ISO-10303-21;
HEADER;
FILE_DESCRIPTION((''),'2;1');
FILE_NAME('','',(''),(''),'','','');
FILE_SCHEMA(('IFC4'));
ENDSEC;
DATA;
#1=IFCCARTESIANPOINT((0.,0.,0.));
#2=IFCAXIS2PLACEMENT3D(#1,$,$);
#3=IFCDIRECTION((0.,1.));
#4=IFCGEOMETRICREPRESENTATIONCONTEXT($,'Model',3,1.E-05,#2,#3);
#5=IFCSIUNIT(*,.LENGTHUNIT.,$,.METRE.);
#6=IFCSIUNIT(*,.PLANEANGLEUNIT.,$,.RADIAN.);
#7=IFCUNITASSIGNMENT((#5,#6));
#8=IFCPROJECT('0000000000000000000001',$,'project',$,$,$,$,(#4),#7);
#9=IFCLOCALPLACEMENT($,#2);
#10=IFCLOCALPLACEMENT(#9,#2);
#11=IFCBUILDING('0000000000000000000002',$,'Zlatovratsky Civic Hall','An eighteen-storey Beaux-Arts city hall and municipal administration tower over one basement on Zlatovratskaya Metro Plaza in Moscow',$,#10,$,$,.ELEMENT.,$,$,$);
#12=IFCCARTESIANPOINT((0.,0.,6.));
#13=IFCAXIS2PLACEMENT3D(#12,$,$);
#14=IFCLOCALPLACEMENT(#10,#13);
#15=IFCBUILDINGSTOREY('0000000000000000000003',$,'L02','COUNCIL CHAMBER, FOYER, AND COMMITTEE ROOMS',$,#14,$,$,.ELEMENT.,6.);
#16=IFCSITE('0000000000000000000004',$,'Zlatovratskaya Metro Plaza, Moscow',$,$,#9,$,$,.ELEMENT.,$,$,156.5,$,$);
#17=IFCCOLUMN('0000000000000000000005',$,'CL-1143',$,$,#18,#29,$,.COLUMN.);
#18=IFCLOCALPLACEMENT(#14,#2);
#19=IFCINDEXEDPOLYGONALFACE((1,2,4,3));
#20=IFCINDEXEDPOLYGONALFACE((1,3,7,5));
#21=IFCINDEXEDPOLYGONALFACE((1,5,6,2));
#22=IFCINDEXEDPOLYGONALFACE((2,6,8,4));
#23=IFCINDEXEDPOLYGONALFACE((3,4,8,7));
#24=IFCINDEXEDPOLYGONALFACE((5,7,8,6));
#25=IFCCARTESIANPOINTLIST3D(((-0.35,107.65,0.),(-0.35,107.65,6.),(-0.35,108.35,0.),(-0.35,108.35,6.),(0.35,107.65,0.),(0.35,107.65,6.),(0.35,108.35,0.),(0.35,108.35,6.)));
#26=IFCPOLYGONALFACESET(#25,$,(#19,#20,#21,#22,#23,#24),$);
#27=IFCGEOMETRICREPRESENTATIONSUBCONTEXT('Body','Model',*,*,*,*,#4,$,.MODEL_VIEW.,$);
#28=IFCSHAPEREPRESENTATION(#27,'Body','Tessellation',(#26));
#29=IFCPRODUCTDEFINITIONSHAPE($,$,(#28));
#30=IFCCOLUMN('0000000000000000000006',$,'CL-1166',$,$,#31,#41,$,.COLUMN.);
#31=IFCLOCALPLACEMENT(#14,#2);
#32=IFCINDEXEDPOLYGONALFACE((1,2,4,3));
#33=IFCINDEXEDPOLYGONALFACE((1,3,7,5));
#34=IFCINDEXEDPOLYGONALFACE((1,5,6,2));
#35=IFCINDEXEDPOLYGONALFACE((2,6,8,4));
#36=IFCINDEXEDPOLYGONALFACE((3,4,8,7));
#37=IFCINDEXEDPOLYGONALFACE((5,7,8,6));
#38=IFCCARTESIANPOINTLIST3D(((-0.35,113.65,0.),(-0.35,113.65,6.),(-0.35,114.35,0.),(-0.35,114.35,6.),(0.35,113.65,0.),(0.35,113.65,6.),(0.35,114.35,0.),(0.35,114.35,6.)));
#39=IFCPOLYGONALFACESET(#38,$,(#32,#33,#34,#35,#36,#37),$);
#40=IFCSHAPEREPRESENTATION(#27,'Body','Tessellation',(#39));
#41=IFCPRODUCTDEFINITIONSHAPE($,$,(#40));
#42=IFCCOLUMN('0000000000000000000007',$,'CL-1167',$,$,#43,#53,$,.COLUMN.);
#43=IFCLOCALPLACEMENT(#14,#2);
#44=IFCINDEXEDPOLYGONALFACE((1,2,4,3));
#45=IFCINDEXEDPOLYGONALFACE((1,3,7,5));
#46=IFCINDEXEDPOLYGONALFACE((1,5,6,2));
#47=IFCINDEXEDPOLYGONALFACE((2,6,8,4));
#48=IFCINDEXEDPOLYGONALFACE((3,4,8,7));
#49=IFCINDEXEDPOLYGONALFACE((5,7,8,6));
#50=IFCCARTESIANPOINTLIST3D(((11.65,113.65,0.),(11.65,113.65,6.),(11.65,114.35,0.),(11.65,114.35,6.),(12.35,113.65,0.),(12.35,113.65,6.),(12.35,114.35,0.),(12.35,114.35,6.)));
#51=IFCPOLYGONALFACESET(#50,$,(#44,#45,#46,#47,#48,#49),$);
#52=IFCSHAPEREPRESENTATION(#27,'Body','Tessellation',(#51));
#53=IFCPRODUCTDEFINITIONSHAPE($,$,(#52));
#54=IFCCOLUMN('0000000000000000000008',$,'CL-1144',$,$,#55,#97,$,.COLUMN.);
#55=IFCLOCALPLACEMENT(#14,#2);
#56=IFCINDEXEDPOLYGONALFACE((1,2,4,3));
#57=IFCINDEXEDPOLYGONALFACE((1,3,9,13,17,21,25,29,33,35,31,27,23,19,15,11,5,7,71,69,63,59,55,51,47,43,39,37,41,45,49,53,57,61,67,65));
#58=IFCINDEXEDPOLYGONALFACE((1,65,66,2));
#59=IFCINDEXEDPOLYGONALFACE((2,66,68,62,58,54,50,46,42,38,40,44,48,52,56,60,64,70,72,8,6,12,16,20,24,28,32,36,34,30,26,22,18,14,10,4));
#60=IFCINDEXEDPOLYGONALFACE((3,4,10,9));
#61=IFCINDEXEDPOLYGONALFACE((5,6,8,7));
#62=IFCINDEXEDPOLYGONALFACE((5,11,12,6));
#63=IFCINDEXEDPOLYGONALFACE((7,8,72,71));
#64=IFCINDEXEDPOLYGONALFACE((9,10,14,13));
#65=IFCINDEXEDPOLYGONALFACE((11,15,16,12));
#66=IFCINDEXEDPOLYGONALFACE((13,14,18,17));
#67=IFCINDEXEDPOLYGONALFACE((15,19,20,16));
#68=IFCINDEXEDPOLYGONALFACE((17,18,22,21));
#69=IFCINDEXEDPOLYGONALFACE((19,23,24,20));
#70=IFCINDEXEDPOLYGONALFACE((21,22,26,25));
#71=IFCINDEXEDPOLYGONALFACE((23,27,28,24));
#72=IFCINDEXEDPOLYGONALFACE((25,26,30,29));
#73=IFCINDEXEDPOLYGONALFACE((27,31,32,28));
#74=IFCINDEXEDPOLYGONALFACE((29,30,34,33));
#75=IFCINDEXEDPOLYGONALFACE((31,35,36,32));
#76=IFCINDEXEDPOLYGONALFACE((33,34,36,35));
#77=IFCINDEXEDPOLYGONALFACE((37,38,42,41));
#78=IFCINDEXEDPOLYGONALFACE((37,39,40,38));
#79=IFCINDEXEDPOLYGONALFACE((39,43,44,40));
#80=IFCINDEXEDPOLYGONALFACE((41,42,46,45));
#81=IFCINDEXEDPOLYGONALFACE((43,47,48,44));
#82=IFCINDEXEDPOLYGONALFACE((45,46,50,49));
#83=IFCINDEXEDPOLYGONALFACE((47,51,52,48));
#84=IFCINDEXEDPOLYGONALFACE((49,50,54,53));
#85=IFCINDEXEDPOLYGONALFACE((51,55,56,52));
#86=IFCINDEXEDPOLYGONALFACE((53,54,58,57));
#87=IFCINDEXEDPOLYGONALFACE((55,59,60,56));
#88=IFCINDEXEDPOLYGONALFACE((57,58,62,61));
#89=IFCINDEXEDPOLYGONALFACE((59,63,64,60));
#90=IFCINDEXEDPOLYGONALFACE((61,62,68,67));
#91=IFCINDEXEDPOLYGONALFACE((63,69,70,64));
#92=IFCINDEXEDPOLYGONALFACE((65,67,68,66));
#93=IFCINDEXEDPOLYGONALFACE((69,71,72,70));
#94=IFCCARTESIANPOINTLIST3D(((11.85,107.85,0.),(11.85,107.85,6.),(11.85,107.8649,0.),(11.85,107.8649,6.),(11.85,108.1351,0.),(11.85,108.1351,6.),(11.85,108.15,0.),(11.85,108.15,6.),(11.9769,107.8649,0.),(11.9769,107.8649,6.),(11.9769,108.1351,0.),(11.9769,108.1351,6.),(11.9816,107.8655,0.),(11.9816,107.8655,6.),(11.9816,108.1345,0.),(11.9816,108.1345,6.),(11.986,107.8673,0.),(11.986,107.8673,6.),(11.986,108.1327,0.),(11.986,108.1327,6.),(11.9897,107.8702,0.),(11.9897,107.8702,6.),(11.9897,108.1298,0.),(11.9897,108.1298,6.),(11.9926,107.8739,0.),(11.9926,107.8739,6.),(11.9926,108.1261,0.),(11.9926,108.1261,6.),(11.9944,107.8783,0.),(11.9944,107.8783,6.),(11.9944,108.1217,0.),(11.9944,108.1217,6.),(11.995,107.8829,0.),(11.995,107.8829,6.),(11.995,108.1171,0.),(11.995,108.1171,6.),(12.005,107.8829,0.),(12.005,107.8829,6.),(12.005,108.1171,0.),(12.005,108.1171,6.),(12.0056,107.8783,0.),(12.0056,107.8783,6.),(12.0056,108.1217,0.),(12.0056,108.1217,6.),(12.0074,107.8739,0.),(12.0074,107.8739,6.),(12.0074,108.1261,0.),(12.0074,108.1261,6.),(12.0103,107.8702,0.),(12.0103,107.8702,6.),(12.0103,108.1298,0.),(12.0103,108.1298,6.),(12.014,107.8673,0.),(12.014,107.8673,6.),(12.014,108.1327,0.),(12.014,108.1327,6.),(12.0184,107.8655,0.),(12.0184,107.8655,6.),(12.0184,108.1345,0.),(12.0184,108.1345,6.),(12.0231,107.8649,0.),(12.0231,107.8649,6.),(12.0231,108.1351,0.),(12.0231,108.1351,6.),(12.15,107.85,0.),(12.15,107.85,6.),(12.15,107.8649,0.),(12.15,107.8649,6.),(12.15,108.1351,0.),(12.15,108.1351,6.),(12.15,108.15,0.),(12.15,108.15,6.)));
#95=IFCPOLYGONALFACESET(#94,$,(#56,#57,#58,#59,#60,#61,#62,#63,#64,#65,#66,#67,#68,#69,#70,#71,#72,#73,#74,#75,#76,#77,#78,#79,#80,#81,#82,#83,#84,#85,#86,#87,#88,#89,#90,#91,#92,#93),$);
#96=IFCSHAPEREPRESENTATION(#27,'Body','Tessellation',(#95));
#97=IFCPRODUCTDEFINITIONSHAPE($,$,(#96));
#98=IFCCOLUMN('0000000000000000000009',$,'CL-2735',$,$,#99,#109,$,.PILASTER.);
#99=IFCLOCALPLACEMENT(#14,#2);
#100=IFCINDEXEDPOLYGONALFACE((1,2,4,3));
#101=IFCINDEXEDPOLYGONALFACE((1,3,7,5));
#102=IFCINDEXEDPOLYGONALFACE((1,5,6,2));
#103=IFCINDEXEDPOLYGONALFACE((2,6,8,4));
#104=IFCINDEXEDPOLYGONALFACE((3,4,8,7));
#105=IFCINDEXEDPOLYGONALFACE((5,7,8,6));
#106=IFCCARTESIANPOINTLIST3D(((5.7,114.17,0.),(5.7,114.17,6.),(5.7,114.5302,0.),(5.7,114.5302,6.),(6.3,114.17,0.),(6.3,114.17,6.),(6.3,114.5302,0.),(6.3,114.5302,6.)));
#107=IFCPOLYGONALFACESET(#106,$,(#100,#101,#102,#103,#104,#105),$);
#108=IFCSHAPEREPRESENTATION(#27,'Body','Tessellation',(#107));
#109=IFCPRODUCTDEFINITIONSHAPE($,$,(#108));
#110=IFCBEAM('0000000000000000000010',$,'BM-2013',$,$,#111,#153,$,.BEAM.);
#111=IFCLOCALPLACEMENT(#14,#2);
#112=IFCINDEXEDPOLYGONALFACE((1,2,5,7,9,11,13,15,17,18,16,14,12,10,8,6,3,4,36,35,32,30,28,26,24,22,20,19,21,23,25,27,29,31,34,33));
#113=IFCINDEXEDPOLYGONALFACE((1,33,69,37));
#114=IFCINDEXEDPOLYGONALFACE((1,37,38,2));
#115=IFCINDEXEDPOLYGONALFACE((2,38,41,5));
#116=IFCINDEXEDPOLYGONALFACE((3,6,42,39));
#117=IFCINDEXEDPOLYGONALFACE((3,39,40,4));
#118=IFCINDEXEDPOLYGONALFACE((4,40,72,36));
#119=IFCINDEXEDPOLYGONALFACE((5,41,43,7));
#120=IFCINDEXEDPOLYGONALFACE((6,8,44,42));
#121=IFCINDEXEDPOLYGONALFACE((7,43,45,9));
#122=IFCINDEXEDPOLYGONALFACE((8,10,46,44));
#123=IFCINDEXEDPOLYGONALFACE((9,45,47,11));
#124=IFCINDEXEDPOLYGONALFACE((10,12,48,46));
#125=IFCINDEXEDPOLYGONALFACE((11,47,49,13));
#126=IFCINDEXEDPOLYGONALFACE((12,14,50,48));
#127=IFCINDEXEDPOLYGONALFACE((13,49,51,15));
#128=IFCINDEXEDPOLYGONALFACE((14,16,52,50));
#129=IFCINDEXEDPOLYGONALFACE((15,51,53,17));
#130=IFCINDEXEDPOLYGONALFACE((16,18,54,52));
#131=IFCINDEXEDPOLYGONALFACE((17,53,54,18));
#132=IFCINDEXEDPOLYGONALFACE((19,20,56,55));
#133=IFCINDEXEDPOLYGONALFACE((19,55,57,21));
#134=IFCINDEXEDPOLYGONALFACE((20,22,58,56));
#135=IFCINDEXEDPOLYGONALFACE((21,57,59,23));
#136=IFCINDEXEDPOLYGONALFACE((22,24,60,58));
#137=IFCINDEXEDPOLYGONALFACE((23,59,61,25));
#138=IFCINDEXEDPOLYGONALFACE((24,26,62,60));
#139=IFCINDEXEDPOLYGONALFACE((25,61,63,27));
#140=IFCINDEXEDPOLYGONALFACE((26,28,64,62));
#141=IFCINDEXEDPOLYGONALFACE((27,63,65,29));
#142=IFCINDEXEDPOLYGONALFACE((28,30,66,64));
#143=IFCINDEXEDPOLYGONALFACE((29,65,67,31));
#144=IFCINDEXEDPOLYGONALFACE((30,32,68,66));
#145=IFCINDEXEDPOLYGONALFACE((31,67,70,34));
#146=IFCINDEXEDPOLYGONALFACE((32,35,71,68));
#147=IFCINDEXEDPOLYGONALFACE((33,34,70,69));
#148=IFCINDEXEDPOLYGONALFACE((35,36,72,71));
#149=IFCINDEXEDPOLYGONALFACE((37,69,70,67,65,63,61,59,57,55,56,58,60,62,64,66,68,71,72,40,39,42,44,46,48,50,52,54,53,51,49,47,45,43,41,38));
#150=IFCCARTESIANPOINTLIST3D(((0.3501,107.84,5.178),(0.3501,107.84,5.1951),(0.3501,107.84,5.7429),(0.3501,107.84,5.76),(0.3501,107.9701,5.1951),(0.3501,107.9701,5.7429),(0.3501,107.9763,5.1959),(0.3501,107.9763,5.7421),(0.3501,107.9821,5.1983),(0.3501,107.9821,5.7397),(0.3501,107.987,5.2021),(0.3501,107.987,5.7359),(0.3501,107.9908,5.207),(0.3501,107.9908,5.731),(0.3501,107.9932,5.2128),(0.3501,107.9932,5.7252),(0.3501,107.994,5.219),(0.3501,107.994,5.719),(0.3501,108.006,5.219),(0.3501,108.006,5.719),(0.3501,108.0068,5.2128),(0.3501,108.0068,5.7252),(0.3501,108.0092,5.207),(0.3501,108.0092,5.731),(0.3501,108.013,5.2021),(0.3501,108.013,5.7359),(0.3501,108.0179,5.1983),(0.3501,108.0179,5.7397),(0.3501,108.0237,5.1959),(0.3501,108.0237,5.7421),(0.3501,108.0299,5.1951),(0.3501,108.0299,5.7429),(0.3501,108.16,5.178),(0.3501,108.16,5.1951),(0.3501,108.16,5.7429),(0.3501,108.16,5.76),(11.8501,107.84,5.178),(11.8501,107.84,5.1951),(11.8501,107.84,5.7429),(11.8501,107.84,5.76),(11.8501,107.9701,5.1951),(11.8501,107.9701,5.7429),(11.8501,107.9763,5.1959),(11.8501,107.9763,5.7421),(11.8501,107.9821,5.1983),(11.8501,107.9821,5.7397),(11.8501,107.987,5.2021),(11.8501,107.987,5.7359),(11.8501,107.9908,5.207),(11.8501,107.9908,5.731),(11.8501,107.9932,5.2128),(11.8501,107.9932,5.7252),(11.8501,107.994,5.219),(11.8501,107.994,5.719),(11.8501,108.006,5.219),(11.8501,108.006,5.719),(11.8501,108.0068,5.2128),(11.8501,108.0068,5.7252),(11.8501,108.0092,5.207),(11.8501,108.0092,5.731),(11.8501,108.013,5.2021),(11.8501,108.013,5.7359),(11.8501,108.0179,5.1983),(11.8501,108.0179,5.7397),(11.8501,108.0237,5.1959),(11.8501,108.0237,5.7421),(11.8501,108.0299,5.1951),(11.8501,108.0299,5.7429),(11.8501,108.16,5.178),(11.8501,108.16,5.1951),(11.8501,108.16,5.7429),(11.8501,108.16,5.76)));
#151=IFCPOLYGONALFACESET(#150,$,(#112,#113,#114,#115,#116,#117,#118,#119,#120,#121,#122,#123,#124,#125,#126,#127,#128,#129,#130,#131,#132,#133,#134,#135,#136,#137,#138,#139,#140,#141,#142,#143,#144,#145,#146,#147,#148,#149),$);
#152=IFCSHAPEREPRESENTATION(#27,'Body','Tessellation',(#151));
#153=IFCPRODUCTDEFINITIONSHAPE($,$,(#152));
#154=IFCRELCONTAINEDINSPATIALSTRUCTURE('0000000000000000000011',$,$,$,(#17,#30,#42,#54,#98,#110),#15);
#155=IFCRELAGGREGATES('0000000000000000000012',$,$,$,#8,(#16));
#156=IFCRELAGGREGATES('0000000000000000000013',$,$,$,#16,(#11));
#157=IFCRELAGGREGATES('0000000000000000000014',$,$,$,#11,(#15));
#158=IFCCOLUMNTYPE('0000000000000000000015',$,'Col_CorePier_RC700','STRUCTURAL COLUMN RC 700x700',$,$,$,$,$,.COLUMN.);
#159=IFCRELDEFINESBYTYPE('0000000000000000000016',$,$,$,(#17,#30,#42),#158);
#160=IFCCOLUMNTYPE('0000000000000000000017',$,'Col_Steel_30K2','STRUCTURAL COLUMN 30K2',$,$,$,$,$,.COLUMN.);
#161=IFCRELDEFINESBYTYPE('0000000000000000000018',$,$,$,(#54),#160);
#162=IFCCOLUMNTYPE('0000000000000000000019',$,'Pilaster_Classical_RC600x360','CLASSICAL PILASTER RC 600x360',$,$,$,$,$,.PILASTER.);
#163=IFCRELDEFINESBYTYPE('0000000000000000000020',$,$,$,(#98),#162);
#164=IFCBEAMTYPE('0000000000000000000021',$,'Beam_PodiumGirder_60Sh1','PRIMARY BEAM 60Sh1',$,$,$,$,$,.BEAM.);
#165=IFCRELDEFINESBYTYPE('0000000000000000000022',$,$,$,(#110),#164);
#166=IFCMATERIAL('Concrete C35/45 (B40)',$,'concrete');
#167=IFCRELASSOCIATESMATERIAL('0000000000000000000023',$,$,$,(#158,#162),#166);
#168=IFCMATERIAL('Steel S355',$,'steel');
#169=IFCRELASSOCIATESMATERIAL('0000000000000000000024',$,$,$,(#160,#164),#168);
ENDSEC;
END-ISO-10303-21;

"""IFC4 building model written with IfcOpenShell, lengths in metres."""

from ifc_helpers import new_model, si_unit, direction, frame, origin, origin_2d, place, context, subcontext, project, spatial, rectangle, i_section, extrude, material, material_profile, profile_set, type_object, element, save


model = new_model("IFC4")

# Units and contexts
model_context = context("Model", 3, precision=1e-05, world=origin(), true_north=direction((0.0, 1.0)))
body_context = subcontext(model_context, "Body", "Model", "MODEL_VIEW")
ifc_project = project(units=[si_unit("LENGTHUNIT", "METRE"), si_unit("PLANEANGLEUNIT", "RADIAN")], contexts=[model_context])

# Site, building, storey
site_placement = place(None, origin())
site = spatial("IfcSite", under=ifc_project, at=site_placement, Name="Zlatovratskaya Metro Plaza, Moscow", CompositionType="ELEMENT", RefElevation=156.5)
building_placement = place(site_placement, origin())
building = spatial("IfcBuilding", under=site, at=building_placement, Name="Zlatovratsky Civic Hall", Description="An eighteen-storey Beaux-Arts city hall and municipal administration tower over one basement on Zlatovratskaya Metro Plaza in Moscow", CompositionType="ELEMENT")
storey_placement = place(building_placement, frame((0.0, 0.0, 6.0)))
storey = spatial("IfcBuildingStorey", under=building, at=storey_placement, Name="L02", Description="COUNCIL CHAMBER, FOYER, AND COMMITTEE ROOMS", CompositionType="ELEMENT", Elevation=6.0)

# Columns
ifc_material_1 = material(Name="Concrete C35/45 (B40)", Category="concrete")
ifc_material_profile_1 = material_profile(ifc_material_1, rectangle(XDim=0.7, YDim=0.7, at=origin_2d()), Name="RC 700x700")
ifc_profile_set_1 = profile_set([ifc_material_profile_1], Name="Concrete C35/45 (B40)")
column_type_1 = type_object("IfcColumnType", Name="Col_CorePier_RC700", Description="STRUCTURAL COLUMN RC 700x700", PredefinedType="COLUMN", material=ifc_profile_set_1)
for number, where, z_axis, x_axis, name in (
    (1, (0.0, 108.0, 0.0), (0.0, 0.0, 1.0), (1.0, 0.0, 0.0), "CL-1143"),
    (2, (0.0, 114.0, 0.0), (0.0, 0.0, 1.0), (1.0, 0.0, 0.0), "CL-1166"),
    (3, (12.0, 114.0, 0.0), (0.0, 0.0, 1.0), (1.0, 0.0, 0.0), "CL-1167"),
):
    element("IfcColumn", number, at=place(storey_placement, frame(where, z_axis=z_axis, x_axis=x_axis)), inside=storey, type_object=column_type_1, Name=name, PredefinedType="COLUMN", context=body_context, shape_type="SweptSolid", body=[
        extrude(rectangle(XDim=0.7, YDim=0.7, at=origin_2d()), origin(), (0.0, 0.0, 1.0), 6.0),
    ])
ifc_material_2 = material(Name="Steel S355", Category="steel")
ifc_material_profile_2 = material_profile(ifc_material_2, i_section(OverallWidth=0.3, OverallDepth=0.3, WebThickness=0.01, FlangeThickness=0.0149, FilletRadius=0.0181, at=origin_2d()), Name="30K2")
ifc_profile_set_2 = profile_set([ifc_material_profile_2], Name="Steel S355")
column_type_2 = type_object("IfcColumnType", Name="Col_Steel_30K2", Description="STRUCTURAL COLUMN 30K2", PredefinedType="COLUMN", material=ifc_profile_set_2)
column_1_placement = place(storey_placement, frame((12.0, 108.0, 0.0), z_axis=(0.0, 0.0, 1.0), x_axis=(1.0, 0.0, 0.0)))
element("IfcColumn", 4, at=column_1_placement, inside=storey, type_object=column_type_2, Name="CL-1144", PredefinedType="COLUMN", context=body_context, shape_type="SweptSolid", body=[
    extrude(i_section(OverallWidth=0.3, OverallDepth=0.3, WebThickness=0.01, FlangeThickness=0.0149, FilletRadius=0.0181, at=origin_2d()), origin(), (0.0, 0.0, 1.0), 6.0),
])
ifc_material_profile_3 = material_profile(ifc_material_1, rectangle(XDim=0.6001, YDim=0.3601, at=origin_2d()), Name="RC 600x360")
ifc_profile_set_3 = profile_set([ifc_material_profile_3], Name="Concrete C35/45 (B40)")
column_type_3 = type_object("IfcColumnType", Name="Pilaster_Classical_RC600x360", Description="CLASSICAL PILASTER RC 600x360", PredefinedType="PILASTER", material=ifc_profile_set_3)
column_2_placement = place(storey_placement, frame((6.0, 114.3501, 0.0), z_axis=(0.0, 0.0, 1.0), x_axis=(1.0, 0.0, 0.0)))
element("IfcColumn", 5, at=column_2_placement, inside=storey, type_object=column_type_3, Name="CL-2735", PredefinedType="PILASTER", context=body_context, shape_type="SweptSolid", body=[
    extrude(rectangle(XDim=0.6001, YDim=0.3601, at=origin_2d()), origin(), (0.0, 0.0, 1.0), 6.0),
])

# Beam
ifc_material_profile_4 = material_profile(ifc_material_2, i_section(OverallWidth=0.3201, OverallDepth=0.582, WebThickness=0.012, FlangeThickness=0.0171, FilletRadius=0.0239, at=origin_2d()), Name="60Sh1")
ifc_profile_set_4 = profile_set([ifc_material_profile_4], Name="Steel S355")
beam_type_1 = type_object("IfcBeamType", Name="Beam_PodiumGirder_60Sh1", Description="PRIMARY BEAM 60Sh1", PredefinedType="BEAM", material=ifc_profile_set_4)
beam_1_placement = place(storey_placement, frame((0.3501, 108.0, 5.469), z_axis=(1.0, 0.0, 0.0), x_axis=(0.0, 1.0, 0.0)))
element("IfcBeam", 6, at=beam_1_placement, inside=storey, type_object=beam_type_1, Name="BM-2013", PredefinedType="BEAM", context=body_context, shape_type="SweptSolid", body=[
    extrude(i_section(OverallWidth=0.3201, OverallDepth=0.582, WebThickness=0.012, FlangeThickness=0.0171, FilletRadius=0.0239, at=origin_2d()), origin(), (0.0, 0.0, 1.0), 11.5),
])

save(model, "model.ifc")
